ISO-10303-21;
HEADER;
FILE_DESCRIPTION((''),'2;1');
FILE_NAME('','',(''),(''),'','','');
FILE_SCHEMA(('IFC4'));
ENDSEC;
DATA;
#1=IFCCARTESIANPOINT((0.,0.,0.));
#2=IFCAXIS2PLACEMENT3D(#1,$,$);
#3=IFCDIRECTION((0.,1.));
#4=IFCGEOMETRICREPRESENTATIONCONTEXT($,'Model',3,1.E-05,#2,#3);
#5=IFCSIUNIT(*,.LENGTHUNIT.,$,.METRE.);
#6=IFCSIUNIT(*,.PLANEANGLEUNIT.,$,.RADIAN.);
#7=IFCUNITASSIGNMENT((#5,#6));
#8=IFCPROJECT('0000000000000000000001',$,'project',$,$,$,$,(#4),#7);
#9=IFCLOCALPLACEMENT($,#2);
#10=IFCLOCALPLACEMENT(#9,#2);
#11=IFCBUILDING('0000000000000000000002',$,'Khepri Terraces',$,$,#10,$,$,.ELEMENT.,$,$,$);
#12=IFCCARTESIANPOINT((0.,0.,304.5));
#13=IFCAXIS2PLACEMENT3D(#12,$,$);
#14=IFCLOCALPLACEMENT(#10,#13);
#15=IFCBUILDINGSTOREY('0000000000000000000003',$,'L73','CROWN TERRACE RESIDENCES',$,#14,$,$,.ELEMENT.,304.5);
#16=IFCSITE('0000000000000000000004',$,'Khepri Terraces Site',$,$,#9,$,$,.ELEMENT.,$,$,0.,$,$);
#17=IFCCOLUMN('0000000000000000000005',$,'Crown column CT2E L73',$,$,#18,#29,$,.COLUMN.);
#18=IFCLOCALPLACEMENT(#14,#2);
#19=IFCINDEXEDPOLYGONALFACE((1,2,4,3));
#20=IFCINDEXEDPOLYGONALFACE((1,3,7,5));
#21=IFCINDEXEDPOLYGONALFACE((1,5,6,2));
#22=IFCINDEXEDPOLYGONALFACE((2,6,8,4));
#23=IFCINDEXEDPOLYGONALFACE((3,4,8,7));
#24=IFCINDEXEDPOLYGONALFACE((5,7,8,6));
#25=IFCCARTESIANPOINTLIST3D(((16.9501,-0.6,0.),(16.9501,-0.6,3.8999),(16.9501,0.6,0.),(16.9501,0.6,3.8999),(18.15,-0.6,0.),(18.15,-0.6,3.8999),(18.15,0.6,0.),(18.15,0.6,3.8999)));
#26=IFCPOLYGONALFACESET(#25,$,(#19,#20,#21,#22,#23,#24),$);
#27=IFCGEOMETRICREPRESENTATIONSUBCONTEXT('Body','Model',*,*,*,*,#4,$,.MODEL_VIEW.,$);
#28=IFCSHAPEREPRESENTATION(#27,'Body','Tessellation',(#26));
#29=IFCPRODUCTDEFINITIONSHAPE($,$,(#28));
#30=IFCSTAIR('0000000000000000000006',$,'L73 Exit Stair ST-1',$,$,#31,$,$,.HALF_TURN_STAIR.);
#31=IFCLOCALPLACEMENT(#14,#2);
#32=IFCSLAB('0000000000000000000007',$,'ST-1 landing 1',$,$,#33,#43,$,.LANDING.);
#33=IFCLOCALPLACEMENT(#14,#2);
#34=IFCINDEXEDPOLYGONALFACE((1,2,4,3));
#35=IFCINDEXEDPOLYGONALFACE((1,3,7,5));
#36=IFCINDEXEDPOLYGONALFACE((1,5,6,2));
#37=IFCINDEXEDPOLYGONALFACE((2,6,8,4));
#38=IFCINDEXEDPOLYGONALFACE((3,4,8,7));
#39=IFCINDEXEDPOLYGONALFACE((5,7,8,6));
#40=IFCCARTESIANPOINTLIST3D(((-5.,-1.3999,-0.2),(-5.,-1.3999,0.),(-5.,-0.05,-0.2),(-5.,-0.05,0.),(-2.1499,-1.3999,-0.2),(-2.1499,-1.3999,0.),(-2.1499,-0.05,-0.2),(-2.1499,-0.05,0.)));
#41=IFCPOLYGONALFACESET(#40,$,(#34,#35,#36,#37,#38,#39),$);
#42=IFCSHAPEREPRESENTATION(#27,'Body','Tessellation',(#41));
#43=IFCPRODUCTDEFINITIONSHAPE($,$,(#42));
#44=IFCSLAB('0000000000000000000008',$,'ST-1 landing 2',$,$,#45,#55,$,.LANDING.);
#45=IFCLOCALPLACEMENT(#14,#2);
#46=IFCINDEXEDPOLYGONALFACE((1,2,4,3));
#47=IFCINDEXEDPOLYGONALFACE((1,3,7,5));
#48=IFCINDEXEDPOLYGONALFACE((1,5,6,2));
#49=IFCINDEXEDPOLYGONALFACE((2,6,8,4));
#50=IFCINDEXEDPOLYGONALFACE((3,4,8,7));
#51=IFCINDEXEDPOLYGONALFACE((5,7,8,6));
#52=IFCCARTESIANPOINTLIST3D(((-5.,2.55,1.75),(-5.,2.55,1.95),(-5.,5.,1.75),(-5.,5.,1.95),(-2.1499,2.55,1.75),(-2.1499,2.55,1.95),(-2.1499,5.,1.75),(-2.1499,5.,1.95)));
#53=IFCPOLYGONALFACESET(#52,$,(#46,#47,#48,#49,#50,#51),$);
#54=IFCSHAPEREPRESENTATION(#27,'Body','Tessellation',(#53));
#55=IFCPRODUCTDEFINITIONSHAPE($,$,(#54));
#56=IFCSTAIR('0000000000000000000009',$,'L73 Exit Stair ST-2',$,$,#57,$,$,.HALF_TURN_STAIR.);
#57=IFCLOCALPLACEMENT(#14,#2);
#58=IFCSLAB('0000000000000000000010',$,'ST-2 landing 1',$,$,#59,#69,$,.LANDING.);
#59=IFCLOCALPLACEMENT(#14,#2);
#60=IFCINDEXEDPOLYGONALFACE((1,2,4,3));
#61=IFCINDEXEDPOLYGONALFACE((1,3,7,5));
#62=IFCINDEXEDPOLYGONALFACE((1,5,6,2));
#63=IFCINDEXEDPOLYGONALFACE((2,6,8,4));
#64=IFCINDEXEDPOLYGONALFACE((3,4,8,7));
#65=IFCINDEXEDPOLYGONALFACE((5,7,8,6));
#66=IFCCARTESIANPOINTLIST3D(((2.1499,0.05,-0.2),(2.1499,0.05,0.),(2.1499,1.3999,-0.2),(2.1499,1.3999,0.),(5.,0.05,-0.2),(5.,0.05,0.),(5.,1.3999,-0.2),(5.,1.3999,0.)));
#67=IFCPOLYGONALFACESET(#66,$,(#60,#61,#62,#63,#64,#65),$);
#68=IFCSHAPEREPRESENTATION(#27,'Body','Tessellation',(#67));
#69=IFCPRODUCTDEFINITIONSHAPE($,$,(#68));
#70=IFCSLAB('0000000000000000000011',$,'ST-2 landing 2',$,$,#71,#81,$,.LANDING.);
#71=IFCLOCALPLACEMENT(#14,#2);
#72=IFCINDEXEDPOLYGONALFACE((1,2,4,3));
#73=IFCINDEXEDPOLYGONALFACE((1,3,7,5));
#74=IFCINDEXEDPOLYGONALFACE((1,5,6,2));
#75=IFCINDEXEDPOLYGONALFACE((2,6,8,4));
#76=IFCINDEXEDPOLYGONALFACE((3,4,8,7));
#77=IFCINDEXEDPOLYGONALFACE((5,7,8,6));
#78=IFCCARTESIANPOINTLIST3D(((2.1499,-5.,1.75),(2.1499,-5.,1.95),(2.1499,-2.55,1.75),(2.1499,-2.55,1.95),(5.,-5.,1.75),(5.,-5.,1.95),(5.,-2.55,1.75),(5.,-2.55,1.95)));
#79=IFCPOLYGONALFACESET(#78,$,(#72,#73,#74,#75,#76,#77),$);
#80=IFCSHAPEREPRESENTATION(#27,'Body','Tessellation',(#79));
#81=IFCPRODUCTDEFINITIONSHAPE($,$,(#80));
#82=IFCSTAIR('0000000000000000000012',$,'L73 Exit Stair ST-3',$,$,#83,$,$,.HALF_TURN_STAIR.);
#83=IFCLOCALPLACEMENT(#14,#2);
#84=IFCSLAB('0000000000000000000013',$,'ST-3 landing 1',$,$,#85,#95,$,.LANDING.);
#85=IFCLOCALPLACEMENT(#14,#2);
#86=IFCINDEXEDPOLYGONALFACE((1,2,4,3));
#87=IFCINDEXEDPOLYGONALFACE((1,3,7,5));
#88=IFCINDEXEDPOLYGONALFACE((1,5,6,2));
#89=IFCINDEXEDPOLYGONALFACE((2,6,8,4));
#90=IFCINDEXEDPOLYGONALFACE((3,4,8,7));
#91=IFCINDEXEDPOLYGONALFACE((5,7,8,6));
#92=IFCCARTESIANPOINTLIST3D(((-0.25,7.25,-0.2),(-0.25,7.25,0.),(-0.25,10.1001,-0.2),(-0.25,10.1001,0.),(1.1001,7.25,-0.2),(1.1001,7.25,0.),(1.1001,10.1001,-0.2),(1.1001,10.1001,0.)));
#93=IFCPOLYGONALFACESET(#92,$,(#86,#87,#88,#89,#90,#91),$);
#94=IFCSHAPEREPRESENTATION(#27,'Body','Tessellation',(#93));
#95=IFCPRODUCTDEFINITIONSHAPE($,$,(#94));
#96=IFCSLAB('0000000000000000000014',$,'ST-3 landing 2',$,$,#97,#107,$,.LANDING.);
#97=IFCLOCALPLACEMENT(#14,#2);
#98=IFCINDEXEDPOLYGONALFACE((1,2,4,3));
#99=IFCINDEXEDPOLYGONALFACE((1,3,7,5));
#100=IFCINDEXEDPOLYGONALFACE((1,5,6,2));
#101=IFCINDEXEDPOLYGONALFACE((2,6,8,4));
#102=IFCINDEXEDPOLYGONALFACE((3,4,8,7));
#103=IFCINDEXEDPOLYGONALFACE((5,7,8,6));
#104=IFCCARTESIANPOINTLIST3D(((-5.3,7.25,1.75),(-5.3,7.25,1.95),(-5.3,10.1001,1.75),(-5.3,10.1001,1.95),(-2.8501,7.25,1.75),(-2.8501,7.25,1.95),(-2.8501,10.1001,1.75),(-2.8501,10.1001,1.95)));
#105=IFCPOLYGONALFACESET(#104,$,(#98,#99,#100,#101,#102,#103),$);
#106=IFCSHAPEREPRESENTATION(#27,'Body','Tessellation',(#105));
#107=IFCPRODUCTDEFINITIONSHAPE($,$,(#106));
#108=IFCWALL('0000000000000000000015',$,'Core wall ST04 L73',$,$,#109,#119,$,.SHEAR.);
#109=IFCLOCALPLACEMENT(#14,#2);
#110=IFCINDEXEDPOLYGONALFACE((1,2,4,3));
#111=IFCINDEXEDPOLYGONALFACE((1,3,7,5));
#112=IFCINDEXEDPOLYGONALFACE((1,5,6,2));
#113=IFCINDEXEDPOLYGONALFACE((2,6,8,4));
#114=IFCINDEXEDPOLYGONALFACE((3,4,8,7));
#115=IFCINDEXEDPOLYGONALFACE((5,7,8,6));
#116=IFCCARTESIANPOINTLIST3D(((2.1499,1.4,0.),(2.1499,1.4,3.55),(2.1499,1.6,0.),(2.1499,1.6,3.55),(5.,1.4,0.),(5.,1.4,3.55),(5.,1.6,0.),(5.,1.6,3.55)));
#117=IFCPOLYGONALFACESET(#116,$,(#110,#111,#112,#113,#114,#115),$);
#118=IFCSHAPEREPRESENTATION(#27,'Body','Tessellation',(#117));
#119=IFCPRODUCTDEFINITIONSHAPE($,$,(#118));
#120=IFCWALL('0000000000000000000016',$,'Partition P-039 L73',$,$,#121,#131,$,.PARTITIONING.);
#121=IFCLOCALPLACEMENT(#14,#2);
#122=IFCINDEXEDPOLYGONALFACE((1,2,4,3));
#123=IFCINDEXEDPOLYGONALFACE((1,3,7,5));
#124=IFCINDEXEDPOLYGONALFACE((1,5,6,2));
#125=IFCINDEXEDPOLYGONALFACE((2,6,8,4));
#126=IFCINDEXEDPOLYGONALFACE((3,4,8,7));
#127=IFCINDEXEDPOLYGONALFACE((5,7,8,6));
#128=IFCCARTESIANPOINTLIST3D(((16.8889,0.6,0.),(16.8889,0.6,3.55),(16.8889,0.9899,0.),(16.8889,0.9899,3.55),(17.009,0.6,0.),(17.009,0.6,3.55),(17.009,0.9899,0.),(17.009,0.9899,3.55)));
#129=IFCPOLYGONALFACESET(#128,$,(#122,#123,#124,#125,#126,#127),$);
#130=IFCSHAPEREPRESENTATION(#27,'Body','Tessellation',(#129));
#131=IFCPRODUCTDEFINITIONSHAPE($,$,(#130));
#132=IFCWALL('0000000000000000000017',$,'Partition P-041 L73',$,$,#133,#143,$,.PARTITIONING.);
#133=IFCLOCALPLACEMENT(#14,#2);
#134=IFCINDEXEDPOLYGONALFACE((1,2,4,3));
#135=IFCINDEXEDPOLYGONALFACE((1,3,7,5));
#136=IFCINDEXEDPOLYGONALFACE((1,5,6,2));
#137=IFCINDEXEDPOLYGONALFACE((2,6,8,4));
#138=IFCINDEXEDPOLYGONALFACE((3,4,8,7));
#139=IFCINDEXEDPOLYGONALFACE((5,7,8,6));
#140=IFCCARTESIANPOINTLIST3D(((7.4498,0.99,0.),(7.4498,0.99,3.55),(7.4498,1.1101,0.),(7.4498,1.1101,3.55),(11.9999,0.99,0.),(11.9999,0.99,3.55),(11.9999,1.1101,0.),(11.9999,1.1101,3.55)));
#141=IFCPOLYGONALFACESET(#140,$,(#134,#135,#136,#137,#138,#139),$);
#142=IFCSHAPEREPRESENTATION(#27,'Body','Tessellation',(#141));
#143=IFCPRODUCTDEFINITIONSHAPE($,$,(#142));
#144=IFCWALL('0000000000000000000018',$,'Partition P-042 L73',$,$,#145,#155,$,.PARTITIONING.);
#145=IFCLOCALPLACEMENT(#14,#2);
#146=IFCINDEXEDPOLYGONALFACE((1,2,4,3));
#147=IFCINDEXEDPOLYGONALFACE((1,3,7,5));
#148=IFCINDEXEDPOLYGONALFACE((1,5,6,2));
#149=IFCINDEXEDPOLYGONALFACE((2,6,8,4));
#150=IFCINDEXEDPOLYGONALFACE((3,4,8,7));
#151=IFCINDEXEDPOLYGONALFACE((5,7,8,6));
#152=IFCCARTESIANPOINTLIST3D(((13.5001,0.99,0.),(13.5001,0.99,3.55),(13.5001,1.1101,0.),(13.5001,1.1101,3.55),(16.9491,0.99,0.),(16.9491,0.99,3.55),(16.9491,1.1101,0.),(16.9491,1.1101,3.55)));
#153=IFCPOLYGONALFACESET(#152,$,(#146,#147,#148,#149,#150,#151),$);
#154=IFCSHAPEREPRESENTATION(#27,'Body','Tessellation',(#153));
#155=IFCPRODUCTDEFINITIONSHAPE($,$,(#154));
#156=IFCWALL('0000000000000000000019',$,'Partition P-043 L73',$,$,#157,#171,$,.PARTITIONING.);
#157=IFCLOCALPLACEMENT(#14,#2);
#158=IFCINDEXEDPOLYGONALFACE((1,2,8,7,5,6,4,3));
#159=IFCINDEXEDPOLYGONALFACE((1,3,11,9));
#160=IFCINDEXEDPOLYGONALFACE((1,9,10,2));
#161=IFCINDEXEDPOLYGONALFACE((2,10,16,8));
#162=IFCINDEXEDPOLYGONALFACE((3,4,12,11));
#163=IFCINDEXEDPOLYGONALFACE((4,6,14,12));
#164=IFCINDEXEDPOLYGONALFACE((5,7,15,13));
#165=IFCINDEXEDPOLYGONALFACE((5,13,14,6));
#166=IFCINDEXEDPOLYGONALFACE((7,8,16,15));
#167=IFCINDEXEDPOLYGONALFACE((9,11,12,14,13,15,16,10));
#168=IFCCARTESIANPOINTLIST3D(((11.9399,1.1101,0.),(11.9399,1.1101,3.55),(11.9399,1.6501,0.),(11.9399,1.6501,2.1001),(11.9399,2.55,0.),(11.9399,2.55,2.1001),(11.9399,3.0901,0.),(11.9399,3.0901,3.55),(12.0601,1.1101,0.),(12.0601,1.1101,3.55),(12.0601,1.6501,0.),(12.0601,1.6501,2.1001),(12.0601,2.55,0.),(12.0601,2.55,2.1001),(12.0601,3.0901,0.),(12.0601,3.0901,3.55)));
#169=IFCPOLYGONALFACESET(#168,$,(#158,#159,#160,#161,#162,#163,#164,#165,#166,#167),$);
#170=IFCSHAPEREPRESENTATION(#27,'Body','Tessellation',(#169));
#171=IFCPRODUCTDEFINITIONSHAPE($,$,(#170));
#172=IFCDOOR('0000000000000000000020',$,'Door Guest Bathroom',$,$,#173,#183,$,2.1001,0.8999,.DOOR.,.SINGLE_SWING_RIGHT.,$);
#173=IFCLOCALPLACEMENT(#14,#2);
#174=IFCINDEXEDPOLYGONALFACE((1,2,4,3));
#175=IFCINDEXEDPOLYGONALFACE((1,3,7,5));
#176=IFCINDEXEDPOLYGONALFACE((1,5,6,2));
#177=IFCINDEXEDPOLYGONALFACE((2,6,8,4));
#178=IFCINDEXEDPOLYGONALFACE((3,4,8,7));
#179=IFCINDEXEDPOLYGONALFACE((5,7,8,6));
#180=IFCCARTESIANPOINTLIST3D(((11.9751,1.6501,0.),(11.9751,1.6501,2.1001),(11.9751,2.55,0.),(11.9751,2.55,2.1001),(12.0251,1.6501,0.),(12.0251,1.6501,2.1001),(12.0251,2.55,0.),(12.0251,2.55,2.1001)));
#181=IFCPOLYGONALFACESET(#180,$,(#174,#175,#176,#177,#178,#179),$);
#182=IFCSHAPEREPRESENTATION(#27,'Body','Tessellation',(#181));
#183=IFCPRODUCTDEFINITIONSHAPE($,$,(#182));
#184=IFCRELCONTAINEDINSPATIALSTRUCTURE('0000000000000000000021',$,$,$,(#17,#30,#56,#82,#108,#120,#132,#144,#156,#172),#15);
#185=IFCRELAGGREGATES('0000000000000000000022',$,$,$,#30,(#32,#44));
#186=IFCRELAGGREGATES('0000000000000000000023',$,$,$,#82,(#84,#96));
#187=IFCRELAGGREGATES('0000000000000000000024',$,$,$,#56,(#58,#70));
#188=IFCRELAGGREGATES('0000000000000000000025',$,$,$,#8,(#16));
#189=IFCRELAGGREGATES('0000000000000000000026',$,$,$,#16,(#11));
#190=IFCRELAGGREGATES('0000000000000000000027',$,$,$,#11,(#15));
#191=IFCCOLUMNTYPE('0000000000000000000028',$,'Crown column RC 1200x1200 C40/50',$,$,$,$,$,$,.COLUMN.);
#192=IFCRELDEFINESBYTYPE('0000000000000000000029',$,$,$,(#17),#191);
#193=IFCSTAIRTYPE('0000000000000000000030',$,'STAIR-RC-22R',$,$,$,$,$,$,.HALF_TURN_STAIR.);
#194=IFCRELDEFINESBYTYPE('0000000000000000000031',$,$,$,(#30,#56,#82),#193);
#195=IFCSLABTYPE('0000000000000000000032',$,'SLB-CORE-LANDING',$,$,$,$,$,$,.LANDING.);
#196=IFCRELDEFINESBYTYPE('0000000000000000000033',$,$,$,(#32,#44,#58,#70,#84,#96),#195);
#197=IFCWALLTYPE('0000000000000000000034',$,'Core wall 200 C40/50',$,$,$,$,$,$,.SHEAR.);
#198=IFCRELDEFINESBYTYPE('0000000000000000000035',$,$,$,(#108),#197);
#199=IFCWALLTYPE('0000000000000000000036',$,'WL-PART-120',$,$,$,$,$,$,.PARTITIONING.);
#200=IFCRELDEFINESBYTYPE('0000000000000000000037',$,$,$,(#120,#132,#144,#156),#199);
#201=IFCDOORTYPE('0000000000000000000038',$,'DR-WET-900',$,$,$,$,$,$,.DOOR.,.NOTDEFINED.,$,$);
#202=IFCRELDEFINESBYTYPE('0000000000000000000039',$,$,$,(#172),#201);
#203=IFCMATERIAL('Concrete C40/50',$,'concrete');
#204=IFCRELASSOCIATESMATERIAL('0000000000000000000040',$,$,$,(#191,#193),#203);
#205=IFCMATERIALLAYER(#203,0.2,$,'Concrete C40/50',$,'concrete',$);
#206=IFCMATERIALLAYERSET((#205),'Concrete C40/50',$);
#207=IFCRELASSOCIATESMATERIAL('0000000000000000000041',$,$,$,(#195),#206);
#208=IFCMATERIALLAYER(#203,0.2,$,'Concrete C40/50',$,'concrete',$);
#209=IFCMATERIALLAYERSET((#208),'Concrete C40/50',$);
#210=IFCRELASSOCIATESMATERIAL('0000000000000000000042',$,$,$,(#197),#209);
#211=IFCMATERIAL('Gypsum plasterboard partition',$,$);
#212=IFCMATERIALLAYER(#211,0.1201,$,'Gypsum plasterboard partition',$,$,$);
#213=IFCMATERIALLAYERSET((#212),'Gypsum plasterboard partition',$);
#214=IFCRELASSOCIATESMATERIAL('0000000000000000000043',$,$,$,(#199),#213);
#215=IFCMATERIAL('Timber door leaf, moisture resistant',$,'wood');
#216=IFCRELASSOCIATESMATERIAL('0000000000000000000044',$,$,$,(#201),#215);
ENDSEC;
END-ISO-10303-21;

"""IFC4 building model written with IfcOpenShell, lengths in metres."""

from ifc_helpers import new_model, si_unit, direction, frame, frame_2d, origin, origin_2d, place, context, subcontext, project, spatial, polyline, rectangle, outline, extrude, material, layer, layer_set, material_profile, profile_set, type_object, element, fill, aggregate, save


model = new_model("IFC4")

# Units and contexts
model_context = context("Model", 3, precision=1e-05, world=origin(), true_north=direction((0.0, 1.0)))
body_context = subcontext(model_context, "Body", "Model", "MODEL_VIEW")
ifc_project = project(units=[si_unit("LENGTHUNIT", "METRE"), si_unit("PLANEANGLEUNIT", "RADIAN")], contexts=[model_context])

# Site, building, storey
site_placement = place(None, origin())
site = spatial("IfcSite", under=ifc_project, at=site_placement, Name="Khepri Terraces Site", CompositionType="ELEMENT", RefElevation=0.0)
building_placement = place(site_placement, origin())
building = spatial("IfcBuilding", under=site, at=building_placement, Name="Khepri Terraces", CompositionType="ELEMENT")
storey_placement = place(building_placement, frame((0.0, 0.0, 304.5)))
storey = spatial("IfcBuildingStorey", under=building, at=storey_placement, Name="L73", Description="CROWN TERRACE RESIDENCES", CompositionType="ELEMENT", Elevation=304.5)

# Column
ifc_material_1 = material(Name="Concrete C40/50", Category="concrete")
ifc_material_profile = material_profile(ifc_material_1, rectangle(XDim=1.2, YDim=1.2, at=origin_2d()), Name="Concrete C40/50", Category="concrete")
ifc_profile_set = profile_set([ifc_material_profile], Name="Concrete C40/50")
column_type = type_object("IfcColumnType", Name="Crown column RC 1200x1200 C40/50", PredefinedType="COLUMN", material=ifc_profile_set)
column_placement = place(storey_placement, frame((17.55, 0.0, 0.0), z_axis=(0.0, 0.0, 1.0), x_axis=(1.0, 0.0, 0.0)))
element("IfcColumn", 1, at=column_placement, inside=storey, type_object=column_type, Name="Crown column CT2E L73", PredefinedType="COLUMN", context=body_context, shape_type="SweptSolid", body=[
    extrude(rectangle(XDim=1.2, YDim=1.2, at=origin_2d()), origin(), (0.0, 0.0, 1.0), 3.8999),
])

# Stairs, slabs
stair_type = type_object("IfcStairType", Name="STAIR-RC-22R", PredefinedType="HALF_TURN_STAIR", material=ifc_material_1)
stair_1_placement = place(storey_placement, origin())
stair_1 = element("IfcStair", 2, at=stair_1_placement, inside=storey, type_object=stair_type, Name="L73 Exit Stair ST-1", PredefinedType="HALF_TURN_STAIR")
ifc_layer_1 = layer(ifc_material_1, 0.2, Name="Concrete C40/50", Category="concrete")
ifc_layer_set_1 = layer_set([ifc_layer_1], Name="Concrete C40/50")
slab_type = type_object("IfcSlabType", Name="SLB-CORE-LANDING", PredefinedType="LANDING", material=ifc_layer_set_1)
slab_1_placement = place(storey_placement, frame((0.0, 0.0, -0.2)))
slab_1 = element("IfcSlab", 3, at=slab_1_placement, type_object=slab_type, Name="ST-1 landing 1", PredefinedType="LANDING", context=body_context, shape_type="SweptSolid", body=[
    extrude(outline(polyline([(-2.1499, -1.3999), (-2.1499, -0.05), (-5.0, -0.05), (-5.0, -1.3999), (-2.1499, -1.3999)])), origin(), (0.0, 0.0, 1.0), 0.2),
])
slab_2_placement = place(storey_placement, frame((0.0, 0.0, 1.75)))
slab_2 = element("IfcSlab", 4, at=slab_2_placement, type_object=slab_type, Name="ST-1 landing 2", PredefinedType="LANDING", context=body_context, shape_type="SweptSolid", body=[
    extrude(outline(polyline([(-2.1499, 2.55), (-2.1499, 5.0), (-5.0, 5.0), (-5.0, 2.55), (-2.1499, 2.55)])), origin(), (0.0, 0.0, 1.0), 0.2),
])
aggregate(stair_1, [slab_1, slab_2])
stair_2_placement = place(storey_placement, origin())
stair_2 = element("IfcStair", 5, at=stair_2_placement, inside=storey, type_object=stair_type, Name="L73 Exit Stair ST-2", PredefinedType="HALF_TURN_STAIR")
slab_3_placement = place(storey_placement, frame((0.0, 0.0, -0.2)))
slab_3 = element("IfcSlab", 6, at=slab_3_placement, type_object=slab_type, Name="ST-2 landing 1", PredefinedType="LANDING", context=body_context, shape_type="SweptSolid", body=[
    extrude(outline(polyline([(2.1499, 1.3999), (2.1499, 0.05), (5.0, 0.05), (5.0, 1.3999), (2.1499, 1.3999)])), origin(), (0.0, 0.0, 1.0), 0.2),
])
slab_4_placement = place(storey_placement, frame((0.0, 0.0, 1.75)))
slab_4 = element("IfcSlab", 7, at=slab_4_placement, type_object=slab_type, Name="ST-2 landing 2", PredefinedType="LANDING", context=body_context, shape_type="SweptSolid", body=[
    extrude(outline(polyline([(2.1499, -2.55), (2.1499, -5.0), (5.0, -5.0), (5.0, -2.55), (2.1499, -2.55)])), origin(), (0.0, 0.0, 1.0), 0.2),
])
stair_3_placement = place(storey_placement, origin())
stair_3 = element("IfcStair", 8, at=stair_3_placement, inside=storey, type_object=stair_type, Name="L73 Exit Stair ST-3", PredefinedType="HALF_TURN_STAIR")
slab_5_placement = place(storey_placement, frame((0.0, 0.0, -0.2)))
slab_5 = element("IfcSlab", 9, at=slab_5_placement, type_object=slab_type, Name="ST-3 landing 1", PredefinedType="LANDING", context=body_context, shape_type="SweptSolid", body=[
    extrude(outline(polyline([(1.1001, 10.1001), (-0.25, 10.1001), (-0.25, 7.25), (1.1001, 7.25), (1.1001, 10.1001)])), origin(), (0.0, 0.0, 1.0), 0.2),
])
slab_6_placement = place(storey_placement, frame((0.0, 0.0, 1.75)))
slab_6 = element("IfcSlab", 10, at=slab_6_placement, type_object=slab_type, Name="ST-3 landing 2", PredefinedType="LANDING", context=body_context, shape_type="SweptSolid", body=[
    extrude(outline(polyline([(-2.8501, 10.1001), (-5.3, 10.1001), (-5.3, 7.25), (-2.8501, 7.25), (-2.8501, 10.1001)])), origin(), (0.0, 0.0, 1.0), 0.2),
])
aggregate(stair_3, [slab_5, slab_6])

# Walls
ifc_layer_2 = layer(ifc_material_1, 0.2, Name="Concrete C40/50", Category="concrete")
ifc_layer_set_2 = layer_set([ifc_layer_2], Name="Concrete C40/50")
wall_type_1 = type_object("IfcWallType", Name="Core wall 200 C40/50", PredefinedType="SHEAR", material=ifc_layer_set_2)
wall_1_placement = place(storey_placement, frame((2.1499, 1.5, 0.0), z_axis=(0.0, 0.0, 1.0), x_axis=(1.0, 0.0, 0.0)))
element("IfcWall", 11, at=wall_1_placement, inside=storey, type_object=wall_type_1, Name="Core wall ST04 L73", PredefinedType="SHEAR", context=body_context, shape_type="SweptSolid", body=[
    extrude(rectangle(XDim=2.8501, YDim=0.2, at=frame_2d((1.425, 0.0))), origin(), (0.0, 0.0, 1.0), 3.55),
])
ifc_material_2 = material(Name="Gypsum plasterboard partition")
ifc_layer_3 = layer(ifc_material_2, 0.1201, Name="Gypsum plasterboard partition")
ifc_layer_set_3 = layer_set([ifc_layer_3], Name="Gypsum plasterboard partition")
wall_type_2 = type_object("IfcWallType", Name="WL-PART-120", PredefinedType="PARTITIONING", material=ifc_layer_set_3)
wall_2_placement = place(storey_placement, frame((16.949, 0.6001, 0.0), z_axis=(0.0, 0.0, 1.0), x_axis=(0.0, 1.0, 0.0)))
element("IfcWall", 12, at=wall_2_placement, inside=storey, type_object=wall_type_2, Name="Partition P-039 L73", PredefinedType="PARTITIONING", context=body_context, shape_type="SweptSolid", body=[
    extrude(rectangle(XDim=0.3899, YDim=0.1201, at=frame_2d((0.1948, 0.0))), origin(), (0.0, 0.0, 1.0), 3.55),
])
wall_3_placement = place(storey_placement, frame((7.45, 1.05, 0.0), z_axis=(0.0, 0.0, 1.0), x_axis=(1.0, 0.0, 0.0)))
element("IfcWall", 13, at=wall_3_placement, inside=storey, type_object=wall_type_2, Name="Partition P-041 L73", PredefinedType="PARTITIONING", context=body_context, shape_type="SweptSolid", body=[
    extrude(rectangle(XDim=4.55, YDim=0.1201, at=frame_2d((2.2749, 0.0))), origin(), (0.0, 0.0, 1.0), 3.55),
])
wall_4_placement = place(storey_placement, frame((13.5, 1.05, 0.0), z_axis=(0.0, 0.0, 1.0), x_axis=(1.0, 0.0, 0.0)))
element("IfcWall", 14, at=wall_4_placement, inside=storey, type_object=wall_type_2, Name="Partition P-042 L73", PredefinedType="PARTITIONING", context=body_context, shape_type="SweptSolid", body=[
    extrude(rectangle(XDim=3.449, YDim=0.1201, at=frame_2d((1.7246, 0.0))), origin(), (0.0, 0.0, 1.0), 3.55),
])

# Wall, opening, door
wall_5_placement = place(storey_placement, frame((12.0, 1.1101, 0.0), z_axis=(0.0, 0.0, 1.0), x_axis=(0.0, 1.0, 0.0)))
wall_5 = element("IfcWall", 15, at=wall_5_placement, inside=storey, type_object=wall_type_2, Name="Partition P-043 L73", PredefinedType="PARTITIONING", context=body_context, shape_type="SweptSolid", body=[
    extrude(rectangle(XDim=1.98, YDim=0.1201, at=frame_2d((0.99, 0.0))), origin(), (0.0, 0.0, 1.0), 3.55),
])
opening_1_placement = place(wall_5_placement, frame((0.54, 0.0, 0.0)))
opening_1 = element("IfcOpeningElement", 16, at=opening_1_placement, cuts=wall_5, PredefinedType="OPENING", context=body_context, shape_type="SweptSolid", body=[
    extrude(rectangle(XDim=0.8999, YDim=2.1001, at=frame_2d((0.45, 1.05))), frame((0.0, 0.0701, 0.0), z_axis=(0.0, -1.0, 0.0), x_axis=(1.0, 0.0, 0.0)), (0.0, 0.0, 1.0), 0.1401),
])
ifc_material_3 = material(Name="Timber door leaf, moisture resistant", Category="wood")
door_type_1 = type_object("IfcDoorType", Name="DR-WET-900", OperationType="NOTDEFINED", PredefinedType="DOOR", material=ifc_material_3)
door_1_placement = place(opening_1_placement, origin())
door_1 = element("IfcDoor", 17, at=door_1_placement, inside=storey, type_object=door_type_1, Name="Door Guest Bathroom", OperationType="SINGLE_SWING_RIGHT", OverallHeight=2.1001, OverallWidth=0.8999, PredefinedType="DOOR", context=body_context, shape_type="SweptSolid", body=[
    extrude(rectangle(XDim=0.8999, YDim=2.1001, at=frame_2d((0.45, 1.05))), frame((0.0, 0.0249, 0.0), z_axis=(0.0, -1.0, 0.0), x_axis=(1.0, 0.0, 0.0)), (0.0, 0.0, 1.0), 0.05),
])
fill(opening_1, door_1)

aggregate(stair_2, [slab_3, slab_4])

save(model, "model.ifc")
